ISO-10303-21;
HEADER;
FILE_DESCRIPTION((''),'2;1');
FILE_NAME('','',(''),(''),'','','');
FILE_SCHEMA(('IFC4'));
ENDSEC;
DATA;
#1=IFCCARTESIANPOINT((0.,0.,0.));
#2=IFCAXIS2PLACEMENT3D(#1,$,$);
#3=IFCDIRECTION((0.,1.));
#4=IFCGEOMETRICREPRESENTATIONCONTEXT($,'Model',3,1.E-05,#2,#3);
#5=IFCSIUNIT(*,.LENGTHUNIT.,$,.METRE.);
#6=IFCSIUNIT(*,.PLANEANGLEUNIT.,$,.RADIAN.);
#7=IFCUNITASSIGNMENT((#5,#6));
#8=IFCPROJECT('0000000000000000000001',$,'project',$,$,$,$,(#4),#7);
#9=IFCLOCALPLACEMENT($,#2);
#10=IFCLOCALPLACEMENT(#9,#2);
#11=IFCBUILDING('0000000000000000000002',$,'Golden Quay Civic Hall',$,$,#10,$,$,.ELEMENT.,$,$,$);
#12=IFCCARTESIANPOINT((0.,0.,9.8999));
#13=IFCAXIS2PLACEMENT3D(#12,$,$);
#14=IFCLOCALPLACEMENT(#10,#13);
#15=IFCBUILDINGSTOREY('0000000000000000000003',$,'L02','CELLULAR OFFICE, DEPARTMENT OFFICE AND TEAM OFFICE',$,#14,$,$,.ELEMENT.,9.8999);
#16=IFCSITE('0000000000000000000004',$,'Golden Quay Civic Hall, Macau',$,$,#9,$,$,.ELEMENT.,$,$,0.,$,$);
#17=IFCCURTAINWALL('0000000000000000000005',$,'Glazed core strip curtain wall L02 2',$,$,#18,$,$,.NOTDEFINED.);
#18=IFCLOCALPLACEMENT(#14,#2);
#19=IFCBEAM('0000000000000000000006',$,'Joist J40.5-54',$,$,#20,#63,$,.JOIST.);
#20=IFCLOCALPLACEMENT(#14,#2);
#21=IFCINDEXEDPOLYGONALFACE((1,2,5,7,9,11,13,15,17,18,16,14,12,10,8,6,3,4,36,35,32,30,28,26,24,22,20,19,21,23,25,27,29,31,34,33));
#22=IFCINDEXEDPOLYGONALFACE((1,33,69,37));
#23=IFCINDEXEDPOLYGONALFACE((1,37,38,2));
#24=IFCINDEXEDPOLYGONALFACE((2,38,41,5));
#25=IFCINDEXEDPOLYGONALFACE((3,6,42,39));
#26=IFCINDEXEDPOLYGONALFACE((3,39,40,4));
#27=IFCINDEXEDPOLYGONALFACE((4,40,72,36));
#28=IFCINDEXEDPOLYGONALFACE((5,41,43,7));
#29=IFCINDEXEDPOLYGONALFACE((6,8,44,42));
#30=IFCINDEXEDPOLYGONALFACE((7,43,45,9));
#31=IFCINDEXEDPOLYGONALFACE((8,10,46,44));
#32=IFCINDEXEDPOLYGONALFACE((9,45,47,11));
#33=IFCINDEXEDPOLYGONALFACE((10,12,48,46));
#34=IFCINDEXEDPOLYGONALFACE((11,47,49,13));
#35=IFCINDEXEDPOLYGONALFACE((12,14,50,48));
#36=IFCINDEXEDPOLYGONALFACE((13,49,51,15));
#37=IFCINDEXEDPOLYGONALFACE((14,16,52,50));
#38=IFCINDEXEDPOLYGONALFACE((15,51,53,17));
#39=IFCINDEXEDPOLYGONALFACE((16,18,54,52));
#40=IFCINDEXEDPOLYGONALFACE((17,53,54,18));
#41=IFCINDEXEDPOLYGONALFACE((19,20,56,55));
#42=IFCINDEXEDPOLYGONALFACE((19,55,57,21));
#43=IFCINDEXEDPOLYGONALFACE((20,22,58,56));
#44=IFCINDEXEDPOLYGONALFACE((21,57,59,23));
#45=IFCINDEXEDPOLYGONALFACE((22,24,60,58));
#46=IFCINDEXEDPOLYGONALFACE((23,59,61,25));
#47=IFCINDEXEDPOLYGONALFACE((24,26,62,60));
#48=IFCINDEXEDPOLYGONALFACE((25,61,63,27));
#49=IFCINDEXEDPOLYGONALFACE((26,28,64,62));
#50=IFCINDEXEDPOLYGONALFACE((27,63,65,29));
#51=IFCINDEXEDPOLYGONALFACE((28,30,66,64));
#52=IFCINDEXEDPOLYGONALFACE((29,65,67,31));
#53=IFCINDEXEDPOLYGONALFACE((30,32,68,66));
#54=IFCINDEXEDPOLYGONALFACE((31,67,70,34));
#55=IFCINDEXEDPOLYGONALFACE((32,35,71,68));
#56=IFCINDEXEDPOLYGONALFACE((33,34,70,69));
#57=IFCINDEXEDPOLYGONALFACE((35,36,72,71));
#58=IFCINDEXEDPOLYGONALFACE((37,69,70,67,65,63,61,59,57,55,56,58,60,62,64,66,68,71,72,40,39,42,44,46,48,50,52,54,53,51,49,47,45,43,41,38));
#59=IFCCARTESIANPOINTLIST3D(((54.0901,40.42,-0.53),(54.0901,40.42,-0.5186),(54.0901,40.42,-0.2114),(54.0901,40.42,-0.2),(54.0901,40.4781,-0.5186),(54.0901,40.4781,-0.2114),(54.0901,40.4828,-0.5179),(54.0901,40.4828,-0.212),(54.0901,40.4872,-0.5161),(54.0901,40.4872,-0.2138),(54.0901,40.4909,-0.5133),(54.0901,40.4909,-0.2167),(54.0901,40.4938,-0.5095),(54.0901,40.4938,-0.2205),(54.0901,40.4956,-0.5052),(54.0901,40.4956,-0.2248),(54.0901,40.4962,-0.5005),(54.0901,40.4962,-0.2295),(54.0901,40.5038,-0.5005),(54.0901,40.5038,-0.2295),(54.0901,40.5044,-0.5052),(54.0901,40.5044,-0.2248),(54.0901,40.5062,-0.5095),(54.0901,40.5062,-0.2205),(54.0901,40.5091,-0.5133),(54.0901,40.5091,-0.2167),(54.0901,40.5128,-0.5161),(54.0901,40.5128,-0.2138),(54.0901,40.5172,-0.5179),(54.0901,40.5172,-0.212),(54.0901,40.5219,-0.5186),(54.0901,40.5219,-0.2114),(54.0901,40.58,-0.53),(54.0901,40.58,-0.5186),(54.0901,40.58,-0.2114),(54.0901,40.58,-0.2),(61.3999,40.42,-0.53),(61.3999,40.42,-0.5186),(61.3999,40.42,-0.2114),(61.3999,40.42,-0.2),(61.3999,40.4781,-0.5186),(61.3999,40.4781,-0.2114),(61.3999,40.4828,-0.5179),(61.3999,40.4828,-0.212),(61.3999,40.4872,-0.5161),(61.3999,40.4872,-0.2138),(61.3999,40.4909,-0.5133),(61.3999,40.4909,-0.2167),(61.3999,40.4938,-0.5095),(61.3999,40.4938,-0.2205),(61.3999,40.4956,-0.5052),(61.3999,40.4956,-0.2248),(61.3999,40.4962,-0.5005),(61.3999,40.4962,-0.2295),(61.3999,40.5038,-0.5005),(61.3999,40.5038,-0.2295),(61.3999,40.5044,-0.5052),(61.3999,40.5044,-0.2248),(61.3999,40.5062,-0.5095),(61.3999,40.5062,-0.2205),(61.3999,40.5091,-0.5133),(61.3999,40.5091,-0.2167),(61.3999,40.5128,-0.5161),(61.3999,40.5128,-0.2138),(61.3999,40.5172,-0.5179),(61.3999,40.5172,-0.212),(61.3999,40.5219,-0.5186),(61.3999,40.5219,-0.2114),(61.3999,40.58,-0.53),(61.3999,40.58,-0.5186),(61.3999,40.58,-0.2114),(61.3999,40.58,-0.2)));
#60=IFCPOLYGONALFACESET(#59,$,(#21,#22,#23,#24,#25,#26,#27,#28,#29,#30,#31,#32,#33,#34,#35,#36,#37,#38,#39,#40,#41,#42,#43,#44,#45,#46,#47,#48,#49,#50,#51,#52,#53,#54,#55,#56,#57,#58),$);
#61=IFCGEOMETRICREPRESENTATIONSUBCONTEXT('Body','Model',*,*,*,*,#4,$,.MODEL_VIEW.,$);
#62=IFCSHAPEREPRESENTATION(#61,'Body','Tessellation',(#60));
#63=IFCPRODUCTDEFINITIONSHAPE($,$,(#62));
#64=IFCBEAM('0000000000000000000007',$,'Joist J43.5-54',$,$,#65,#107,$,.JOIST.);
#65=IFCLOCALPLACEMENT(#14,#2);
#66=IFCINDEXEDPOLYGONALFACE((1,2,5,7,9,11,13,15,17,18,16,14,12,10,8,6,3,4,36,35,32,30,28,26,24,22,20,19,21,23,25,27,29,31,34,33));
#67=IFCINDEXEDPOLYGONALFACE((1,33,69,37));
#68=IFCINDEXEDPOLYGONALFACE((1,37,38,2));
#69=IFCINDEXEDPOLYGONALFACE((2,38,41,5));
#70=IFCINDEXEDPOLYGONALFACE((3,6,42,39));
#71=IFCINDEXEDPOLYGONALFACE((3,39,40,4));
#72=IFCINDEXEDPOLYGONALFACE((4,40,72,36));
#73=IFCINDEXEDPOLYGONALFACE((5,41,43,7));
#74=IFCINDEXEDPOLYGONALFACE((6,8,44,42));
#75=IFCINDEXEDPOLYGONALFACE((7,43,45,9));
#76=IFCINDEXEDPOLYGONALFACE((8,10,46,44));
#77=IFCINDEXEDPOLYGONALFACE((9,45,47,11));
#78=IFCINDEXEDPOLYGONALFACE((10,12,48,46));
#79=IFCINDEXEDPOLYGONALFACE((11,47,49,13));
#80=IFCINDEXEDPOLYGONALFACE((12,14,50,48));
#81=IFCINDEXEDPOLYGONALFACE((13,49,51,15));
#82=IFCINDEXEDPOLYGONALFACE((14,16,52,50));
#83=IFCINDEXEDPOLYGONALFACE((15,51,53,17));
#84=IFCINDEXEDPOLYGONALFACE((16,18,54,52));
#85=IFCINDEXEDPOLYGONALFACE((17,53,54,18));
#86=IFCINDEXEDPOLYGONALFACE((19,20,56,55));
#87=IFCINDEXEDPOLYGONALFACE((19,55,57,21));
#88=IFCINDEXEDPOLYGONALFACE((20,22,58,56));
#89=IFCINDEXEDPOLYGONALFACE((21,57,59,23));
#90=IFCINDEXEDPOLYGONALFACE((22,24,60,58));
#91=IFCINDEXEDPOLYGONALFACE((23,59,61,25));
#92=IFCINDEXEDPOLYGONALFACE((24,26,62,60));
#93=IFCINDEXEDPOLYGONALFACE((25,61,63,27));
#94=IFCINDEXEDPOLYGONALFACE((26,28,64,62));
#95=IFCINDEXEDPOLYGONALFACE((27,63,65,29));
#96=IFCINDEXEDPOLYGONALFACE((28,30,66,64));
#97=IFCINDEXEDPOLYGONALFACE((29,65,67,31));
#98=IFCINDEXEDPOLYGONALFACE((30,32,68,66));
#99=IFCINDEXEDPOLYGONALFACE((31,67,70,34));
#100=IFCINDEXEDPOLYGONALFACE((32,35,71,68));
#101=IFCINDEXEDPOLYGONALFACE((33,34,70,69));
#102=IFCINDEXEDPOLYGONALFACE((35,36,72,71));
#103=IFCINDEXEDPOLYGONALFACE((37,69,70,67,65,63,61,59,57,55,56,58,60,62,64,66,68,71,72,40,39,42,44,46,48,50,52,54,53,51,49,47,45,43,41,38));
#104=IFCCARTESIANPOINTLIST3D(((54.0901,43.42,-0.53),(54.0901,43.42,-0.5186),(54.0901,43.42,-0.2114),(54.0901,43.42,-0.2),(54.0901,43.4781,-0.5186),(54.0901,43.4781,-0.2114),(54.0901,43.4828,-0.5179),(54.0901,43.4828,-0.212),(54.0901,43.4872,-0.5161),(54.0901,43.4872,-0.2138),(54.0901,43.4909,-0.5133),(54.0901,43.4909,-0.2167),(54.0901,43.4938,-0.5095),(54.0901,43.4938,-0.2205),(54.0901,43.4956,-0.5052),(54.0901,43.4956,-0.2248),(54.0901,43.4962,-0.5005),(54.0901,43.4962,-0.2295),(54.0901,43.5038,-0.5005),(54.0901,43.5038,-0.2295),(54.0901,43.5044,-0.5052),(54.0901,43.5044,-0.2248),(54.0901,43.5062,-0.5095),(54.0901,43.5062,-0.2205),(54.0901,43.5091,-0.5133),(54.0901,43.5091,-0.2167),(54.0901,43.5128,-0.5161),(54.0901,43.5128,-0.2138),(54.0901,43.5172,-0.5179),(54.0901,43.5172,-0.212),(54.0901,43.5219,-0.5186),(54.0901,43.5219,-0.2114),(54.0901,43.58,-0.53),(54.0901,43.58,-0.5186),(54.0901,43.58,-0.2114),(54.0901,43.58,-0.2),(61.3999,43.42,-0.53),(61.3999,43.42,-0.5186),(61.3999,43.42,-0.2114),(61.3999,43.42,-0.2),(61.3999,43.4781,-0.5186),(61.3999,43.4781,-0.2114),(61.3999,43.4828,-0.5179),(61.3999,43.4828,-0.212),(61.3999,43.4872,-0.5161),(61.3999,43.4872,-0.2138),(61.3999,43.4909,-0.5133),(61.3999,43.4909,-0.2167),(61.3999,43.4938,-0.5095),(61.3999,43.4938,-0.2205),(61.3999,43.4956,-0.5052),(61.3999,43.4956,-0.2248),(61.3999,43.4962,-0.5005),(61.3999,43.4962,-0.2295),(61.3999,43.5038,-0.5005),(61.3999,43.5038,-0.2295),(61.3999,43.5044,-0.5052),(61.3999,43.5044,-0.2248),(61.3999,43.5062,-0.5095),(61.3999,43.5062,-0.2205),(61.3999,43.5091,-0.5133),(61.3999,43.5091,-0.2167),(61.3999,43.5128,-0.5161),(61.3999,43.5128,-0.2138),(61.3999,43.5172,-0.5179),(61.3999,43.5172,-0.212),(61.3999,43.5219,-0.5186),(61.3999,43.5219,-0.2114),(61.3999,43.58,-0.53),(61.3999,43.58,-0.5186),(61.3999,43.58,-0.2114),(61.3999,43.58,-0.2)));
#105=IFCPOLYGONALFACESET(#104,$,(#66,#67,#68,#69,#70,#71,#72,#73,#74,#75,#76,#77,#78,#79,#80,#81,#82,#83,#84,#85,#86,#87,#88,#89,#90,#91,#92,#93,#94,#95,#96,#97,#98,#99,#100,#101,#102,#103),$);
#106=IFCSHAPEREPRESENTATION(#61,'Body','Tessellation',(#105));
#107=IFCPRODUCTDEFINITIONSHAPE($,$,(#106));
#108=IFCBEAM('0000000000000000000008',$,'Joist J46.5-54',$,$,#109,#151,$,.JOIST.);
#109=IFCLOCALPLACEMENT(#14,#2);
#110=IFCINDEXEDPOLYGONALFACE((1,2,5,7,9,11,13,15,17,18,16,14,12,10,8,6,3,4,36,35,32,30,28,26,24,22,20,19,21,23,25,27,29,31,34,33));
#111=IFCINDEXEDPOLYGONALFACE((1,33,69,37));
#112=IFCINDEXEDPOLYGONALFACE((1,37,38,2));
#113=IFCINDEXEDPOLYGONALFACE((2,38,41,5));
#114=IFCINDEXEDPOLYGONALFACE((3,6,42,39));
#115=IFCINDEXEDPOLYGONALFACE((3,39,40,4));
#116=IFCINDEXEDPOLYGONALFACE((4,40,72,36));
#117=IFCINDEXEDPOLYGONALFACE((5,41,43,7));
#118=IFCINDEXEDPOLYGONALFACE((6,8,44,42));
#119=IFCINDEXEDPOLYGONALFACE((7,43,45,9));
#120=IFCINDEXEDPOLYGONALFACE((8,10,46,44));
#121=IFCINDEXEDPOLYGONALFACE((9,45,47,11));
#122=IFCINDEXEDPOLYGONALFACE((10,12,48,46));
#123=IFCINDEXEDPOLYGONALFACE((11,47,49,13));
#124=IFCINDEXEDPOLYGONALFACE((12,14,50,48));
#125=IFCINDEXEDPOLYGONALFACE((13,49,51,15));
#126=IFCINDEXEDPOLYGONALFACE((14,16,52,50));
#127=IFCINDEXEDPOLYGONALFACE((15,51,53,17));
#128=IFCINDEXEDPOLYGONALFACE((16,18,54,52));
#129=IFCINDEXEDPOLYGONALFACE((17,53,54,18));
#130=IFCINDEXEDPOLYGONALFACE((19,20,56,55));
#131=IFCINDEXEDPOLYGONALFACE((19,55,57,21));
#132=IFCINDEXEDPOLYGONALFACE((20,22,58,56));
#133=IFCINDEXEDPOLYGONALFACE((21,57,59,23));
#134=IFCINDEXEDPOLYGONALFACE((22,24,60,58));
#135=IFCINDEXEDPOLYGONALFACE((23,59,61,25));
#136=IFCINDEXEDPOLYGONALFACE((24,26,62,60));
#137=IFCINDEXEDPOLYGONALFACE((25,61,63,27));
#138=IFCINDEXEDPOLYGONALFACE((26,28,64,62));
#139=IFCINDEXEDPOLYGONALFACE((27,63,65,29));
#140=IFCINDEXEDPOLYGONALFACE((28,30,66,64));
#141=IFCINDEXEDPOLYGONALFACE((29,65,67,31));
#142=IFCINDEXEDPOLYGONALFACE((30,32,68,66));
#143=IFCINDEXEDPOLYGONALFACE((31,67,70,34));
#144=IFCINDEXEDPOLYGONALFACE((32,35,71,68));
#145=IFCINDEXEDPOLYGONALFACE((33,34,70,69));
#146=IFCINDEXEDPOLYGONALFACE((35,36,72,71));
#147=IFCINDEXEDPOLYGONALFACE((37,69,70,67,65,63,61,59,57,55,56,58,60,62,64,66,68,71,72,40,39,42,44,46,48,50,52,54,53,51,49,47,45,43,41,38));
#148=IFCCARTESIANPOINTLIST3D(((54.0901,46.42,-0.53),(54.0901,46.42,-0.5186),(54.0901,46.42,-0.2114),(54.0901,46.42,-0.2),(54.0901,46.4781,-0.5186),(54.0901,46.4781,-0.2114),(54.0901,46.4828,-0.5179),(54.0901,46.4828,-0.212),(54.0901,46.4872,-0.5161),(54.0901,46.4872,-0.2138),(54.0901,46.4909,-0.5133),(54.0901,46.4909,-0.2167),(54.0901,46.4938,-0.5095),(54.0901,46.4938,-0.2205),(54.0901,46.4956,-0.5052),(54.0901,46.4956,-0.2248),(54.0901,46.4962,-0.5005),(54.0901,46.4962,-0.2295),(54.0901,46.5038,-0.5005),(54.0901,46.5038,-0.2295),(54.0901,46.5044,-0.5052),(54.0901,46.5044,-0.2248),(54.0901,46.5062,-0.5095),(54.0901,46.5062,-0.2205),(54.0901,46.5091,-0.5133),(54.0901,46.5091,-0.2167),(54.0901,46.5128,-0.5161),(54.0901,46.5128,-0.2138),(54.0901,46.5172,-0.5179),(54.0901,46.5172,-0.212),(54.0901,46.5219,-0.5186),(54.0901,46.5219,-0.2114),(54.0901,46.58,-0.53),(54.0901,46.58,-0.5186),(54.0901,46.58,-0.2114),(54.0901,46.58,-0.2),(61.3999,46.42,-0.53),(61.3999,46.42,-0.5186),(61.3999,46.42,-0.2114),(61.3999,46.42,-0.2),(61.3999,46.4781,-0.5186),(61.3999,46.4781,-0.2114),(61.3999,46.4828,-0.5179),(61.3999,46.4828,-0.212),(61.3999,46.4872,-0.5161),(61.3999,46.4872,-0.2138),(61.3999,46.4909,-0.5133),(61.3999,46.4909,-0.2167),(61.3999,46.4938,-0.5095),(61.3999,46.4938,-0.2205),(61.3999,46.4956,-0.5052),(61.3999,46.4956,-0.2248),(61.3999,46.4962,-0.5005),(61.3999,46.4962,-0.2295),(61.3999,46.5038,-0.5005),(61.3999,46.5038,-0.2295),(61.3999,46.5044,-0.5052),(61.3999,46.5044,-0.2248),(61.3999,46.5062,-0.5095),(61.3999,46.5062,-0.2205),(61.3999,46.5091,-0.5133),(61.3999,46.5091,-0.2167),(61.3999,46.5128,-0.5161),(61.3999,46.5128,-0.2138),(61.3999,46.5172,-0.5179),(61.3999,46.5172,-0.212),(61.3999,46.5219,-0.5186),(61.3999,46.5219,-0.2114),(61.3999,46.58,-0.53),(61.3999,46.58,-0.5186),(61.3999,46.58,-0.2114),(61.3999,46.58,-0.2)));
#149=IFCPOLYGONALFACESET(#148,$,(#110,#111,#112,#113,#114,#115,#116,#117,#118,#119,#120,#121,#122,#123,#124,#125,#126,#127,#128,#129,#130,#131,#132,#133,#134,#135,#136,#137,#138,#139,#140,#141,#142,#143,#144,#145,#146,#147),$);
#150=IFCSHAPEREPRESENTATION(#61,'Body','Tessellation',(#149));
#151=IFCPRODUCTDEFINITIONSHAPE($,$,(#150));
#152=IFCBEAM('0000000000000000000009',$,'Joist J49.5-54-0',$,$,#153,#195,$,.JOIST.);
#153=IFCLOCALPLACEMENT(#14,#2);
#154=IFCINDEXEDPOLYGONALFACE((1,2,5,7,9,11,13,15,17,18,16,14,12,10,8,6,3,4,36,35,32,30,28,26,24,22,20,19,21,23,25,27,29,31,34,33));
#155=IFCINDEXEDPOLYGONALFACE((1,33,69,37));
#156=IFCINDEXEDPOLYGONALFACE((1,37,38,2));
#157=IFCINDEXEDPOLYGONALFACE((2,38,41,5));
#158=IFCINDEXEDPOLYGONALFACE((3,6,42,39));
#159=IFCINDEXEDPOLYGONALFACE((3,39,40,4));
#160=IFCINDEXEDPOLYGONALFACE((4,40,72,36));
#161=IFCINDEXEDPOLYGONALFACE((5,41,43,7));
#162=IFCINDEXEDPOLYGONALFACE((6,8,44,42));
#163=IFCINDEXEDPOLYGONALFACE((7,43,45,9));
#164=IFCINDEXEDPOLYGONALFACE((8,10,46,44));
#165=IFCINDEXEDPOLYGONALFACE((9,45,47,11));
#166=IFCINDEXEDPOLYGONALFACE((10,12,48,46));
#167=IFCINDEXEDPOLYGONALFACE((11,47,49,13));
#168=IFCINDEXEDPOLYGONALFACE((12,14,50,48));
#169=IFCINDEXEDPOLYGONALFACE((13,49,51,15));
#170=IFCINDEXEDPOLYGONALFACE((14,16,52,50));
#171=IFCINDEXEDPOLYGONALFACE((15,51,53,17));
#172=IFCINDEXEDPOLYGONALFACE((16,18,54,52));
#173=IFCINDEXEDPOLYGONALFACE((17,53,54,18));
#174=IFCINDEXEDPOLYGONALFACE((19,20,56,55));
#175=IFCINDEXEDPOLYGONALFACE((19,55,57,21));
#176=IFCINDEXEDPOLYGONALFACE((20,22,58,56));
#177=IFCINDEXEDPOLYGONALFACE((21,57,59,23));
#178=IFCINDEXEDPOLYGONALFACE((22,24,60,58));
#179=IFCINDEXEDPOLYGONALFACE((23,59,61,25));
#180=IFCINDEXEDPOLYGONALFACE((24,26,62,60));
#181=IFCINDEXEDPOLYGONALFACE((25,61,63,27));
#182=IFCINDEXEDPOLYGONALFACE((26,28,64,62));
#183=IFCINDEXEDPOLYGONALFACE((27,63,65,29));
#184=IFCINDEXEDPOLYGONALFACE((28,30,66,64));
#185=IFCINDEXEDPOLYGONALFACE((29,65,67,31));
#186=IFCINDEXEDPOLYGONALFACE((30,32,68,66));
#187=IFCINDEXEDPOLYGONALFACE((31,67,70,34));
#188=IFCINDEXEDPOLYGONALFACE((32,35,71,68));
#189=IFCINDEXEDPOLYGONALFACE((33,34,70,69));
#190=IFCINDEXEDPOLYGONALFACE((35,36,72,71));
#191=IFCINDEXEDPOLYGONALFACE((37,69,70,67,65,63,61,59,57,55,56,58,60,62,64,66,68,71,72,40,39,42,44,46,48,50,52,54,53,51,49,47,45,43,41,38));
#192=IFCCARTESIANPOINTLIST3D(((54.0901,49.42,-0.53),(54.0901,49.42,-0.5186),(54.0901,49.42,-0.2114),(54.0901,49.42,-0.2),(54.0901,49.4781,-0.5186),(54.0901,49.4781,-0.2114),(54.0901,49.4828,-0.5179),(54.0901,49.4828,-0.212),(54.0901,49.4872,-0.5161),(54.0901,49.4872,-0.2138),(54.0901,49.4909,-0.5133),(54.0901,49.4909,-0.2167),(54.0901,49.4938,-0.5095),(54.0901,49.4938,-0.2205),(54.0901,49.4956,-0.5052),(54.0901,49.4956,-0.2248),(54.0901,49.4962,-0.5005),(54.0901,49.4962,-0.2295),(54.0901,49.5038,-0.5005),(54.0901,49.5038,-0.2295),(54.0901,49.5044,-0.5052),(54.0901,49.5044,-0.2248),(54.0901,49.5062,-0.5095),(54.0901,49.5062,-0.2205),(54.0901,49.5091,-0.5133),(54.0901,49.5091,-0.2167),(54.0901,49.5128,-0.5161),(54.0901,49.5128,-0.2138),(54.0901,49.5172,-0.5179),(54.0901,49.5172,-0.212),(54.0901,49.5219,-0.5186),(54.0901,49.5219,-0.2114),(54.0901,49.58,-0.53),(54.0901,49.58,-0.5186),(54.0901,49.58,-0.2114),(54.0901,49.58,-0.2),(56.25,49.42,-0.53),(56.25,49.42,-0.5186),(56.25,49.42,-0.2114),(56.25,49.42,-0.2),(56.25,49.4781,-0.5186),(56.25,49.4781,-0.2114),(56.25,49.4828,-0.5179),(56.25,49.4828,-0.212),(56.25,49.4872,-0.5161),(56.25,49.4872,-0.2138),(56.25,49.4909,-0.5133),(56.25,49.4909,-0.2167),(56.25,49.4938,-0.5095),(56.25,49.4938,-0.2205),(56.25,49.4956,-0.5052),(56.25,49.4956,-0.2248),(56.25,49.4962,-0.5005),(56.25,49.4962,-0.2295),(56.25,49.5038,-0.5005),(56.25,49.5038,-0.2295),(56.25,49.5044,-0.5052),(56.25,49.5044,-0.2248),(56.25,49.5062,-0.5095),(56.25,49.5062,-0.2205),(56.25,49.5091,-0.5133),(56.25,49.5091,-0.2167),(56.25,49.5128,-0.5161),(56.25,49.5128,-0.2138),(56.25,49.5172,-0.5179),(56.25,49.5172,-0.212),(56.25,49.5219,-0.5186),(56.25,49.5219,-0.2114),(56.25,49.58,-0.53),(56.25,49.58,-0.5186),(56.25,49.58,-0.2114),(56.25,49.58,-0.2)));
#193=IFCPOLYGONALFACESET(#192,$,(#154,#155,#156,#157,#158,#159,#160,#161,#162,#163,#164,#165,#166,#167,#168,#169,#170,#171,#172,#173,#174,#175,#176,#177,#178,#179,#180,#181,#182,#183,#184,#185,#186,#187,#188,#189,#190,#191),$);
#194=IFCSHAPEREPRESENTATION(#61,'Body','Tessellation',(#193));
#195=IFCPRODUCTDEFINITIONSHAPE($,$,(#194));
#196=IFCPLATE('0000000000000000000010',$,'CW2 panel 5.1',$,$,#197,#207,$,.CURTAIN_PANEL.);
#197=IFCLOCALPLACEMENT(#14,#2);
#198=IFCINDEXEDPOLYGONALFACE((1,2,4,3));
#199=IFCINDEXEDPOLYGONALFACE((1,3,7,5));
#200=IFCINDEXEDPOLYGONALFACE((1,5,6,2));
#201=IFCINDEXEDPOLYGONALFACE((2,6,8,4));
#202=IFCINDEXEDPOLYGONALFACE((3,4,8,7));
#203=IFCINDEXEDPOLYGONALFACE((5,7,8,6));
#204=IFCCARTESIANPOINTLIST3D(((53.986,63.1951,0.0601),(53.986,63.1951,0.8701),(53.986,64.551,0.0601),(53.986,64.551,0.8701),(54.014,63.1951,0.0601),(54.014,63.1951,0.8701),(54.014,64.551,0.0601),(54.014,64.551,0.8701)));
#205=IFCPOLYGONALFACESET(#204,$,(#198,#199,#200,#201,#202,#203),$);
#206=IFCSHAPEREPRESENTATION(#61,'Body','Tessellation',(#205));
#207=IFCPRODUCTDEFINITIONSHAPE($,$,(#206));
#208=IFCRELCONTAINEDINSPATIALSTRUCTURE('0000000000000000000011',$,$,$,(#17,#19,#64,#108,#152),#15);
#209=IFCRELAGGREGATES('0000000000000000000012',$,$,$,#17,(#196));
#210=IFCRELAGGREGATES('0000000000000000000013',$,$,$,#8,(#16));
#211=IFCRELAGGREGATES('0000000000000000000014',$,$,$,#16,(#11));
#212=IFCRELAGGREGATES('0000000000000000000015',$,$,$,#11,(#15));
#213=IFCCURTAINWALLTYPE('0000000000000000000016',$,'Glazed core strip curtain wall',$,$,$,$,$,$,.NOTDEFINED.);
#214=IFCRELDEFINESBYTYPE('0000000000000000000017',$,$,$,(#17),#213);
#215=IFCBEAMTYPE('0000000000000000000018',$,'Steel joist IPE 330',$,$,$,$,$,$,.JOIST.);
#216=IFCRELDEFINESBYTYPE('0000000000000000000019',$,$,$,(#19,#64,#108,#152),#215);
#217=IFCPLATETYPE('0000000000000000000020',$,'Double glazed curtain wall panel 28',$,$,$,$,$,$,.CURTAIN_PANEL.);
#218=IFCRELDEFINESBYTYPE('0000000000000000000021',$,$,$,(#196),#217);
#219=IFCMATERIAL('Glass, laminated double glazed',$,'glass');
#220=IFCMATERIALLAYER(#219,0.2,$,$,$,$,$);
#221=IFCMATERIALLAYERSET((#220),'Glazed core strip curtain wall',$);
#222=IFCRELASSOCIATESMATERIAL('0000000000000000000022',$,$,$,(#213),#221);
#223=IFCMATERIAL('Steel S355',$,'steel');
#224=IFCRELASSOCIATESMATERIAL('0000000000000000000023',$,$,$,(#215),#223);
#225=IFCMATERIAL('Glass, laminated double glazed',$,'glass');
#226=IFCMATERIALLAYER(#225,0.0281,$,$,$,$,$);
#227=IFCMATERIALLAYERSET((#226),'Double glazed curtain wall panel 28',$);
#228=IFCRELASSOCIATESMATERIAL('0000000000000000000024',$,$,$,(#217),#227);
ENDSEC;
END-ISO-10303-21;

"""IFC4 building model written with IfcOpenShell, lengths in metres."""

from ifc_helpers import new_model, si_unit, direction, frame, origin, origin_2d, place, context, subcontext, project, spatial, rectangle, i_section, extrude, material, layer, layer_set, material_profile, profile_set, type_object, element, aggregate, save


model = new_model("IFC4")

# Units and contexts
model_context = context("Model", 3, precision=1e-05, world=origin(), true_north=direction((0.0, 1.0)))
body_context = subcontext(model_context, "Body", "Model", "MODEL_VIEW")
ifc_project = project(units=[si_unit("LENGTHUNIT", "METRE"), si_unit("PLANEANGLEUNIT", "RADIAN")], contexts=[model_context])

# Site, building, storey
site_placement = place(None, origin())
site = spatial("IfcSite", under=ifc_project, at=site_placement, Name="Golden Quay Civic Hall, Macau", CompositionType="ELEMENT", RefElevation=0.0)
building_placement = place(site_placement, origin())
building = spatial("IfcBuilding", under=site, at=building_placement, Name="Golden Quay Civic Hall", CompositionType="ELEMENT")
storey_placement = place(building_placement, frame((0.0, 0.0, 9.8999)))
storey = spatial("IfcBuildingStorey", under=building, at=storey_placement, Name="L02", Description="CELLULAR OFFICE, DEPARTMENT OFFICE AND TEAM OFFICE", CompositionType="ELEMENT", Elevation=9.8999)

# Curtain wall
ifc_material_1 = material(Name="Glass, laminated double glazed", Category="glass")
ifc_layer_1 = layer(ifc_material_1, 0.2)
ifc_layer_set_1 = layer_set([ifc_layer_1], Name="Glazed core strip curtain wall")
curtain_wall_type = type_object("IfcCurtainWallType", Name="Glazed core strip curtain wall", PredefinedType="NOTDEFINED", material=ifc_layer_set_1)
curtain_wall_placement = place(storey_placement, origin())
curtain_wall = element("IfcCurtainWall", 1, at=curtain_wall_placement, inside=storey, type_object=curtain_wall_type, Name="Glazed core strip curtain wall L02 2", PredefinedType="NOTDEFINED")

# Beams
ifc_material_2 = material(Name="Steel S355", Category="steel")
ifc_material_profile_1 = material_profile(ifc_material_2, i_section(OverallWidth=0.1599, OverallDepth=0.3301, WebThickness=0.0076, FlangeThickness=0.0115, FilletRadius=0.0181, at=origin_2d()), Name="IPE 330")
ifc_profile_set_1 = profile_set([ifc_material_profile_1], Name="Steel S355")
beam_type_1 = type_object("IfcBeamType", Name="Steel joist IPE 330", PredefinedType="JOIST", material=ifc_profile_set_1)
for number, where, z_axis, x_axis, name in (
    (2, (54.0901, 40.5, -0.365), (1.0, 0.0, 0.0), (0.0, 1.0, 0.0), "Joist J40.5-54"),
    (3, (54.0901, 43.5, -0.365), (1.0, 0.0, 0.0), (0.0, 1.0, 0.0), "Joist J43.5-54"),
    (4, (54.0901, 46.5, -0.365), (1.0, 0.0, 0.0), (0.0, 1.0, 0.0), "Joist J46.5-54"),
):
    element("IfcBeam", number, at=place(storey_placement, frame(where, z_axis=z_axis, x_axis=x_axis)), inside=storey, type_object=beam_type_1, Name=name, PredefinedType="JOIST", context=body_context, shape_type="SweptSolid", body=[
        extrude(i_section(OverallWidth=0.1599, OverallDepth=0.3301, WebThickness=0.0076, FlangeThickness=0.0115, FilletRadius=0.0181, at=origin_2d()), origin(), (0.0, 0.0, 1.0), 7.3098),
    ])
beam_1_placement = place(storey_placement, frame((54.0901, 49.5, -0.365), z_axis=(1.0, 0.0, 0.0), x_axis=(0.0, 1.0, 0.0)))
element("IfcBeam", 5, at=beam_1_placement, inside=storey, type_object=beam_type_1, Name="Joist J49.5-54-0", PredefinedType="JOIST", context=body_context, shape_type="SweptSolid", body=[
    extrude(i_section(OverallWidth=0.1599, OverallDepth=0.3301, WebThickness=0.0076, FlangeThickness=0.0115, FilletRadius=0.0181, at=origin_2d()), origin(), (0.0, 0.0, 1.0), 2.1599),
])

# Plate
ifc_material_3 = material(Name="Glass, laminated double glazed", Category="glass")
ifc_layer_2 = layer(ifc_material_3, 0.0281)
ifc_layer_set_2 = layer_set([ifc_layer_2], Name="Double glazed curtain wall panel 28")
plate_type = type_object("IfcPlateType", Name="Double glazed curtain wall panel 28", PredefinedType="CURTAIN_PANEL", material=ifc_layer_set_2)
plate_1_placement = place(storey_placement, frame((54.0, 63.873, 0.0601), z_axis=(0.0, 0.0, 1.0), x_axis=(0.0, -1.0, 0.0)))
plate_1 = element("IfcPlate", 6, at=plate_1_placement, type_object=plate_type, Name="CW2 panel 5.1", PredefinedType="CURTAIN_PANEL", context=body_context, shape_type="SweptSolid", body=[
    extrude(rectangle(XDim=1.356, YDim=0.0281, at=origin_2d()), origin(), (0.0, 0.0, 1.0), 0.8101),
])
aggregate(curtain_wall, [plate_1])

save(model, "model.ifc")
